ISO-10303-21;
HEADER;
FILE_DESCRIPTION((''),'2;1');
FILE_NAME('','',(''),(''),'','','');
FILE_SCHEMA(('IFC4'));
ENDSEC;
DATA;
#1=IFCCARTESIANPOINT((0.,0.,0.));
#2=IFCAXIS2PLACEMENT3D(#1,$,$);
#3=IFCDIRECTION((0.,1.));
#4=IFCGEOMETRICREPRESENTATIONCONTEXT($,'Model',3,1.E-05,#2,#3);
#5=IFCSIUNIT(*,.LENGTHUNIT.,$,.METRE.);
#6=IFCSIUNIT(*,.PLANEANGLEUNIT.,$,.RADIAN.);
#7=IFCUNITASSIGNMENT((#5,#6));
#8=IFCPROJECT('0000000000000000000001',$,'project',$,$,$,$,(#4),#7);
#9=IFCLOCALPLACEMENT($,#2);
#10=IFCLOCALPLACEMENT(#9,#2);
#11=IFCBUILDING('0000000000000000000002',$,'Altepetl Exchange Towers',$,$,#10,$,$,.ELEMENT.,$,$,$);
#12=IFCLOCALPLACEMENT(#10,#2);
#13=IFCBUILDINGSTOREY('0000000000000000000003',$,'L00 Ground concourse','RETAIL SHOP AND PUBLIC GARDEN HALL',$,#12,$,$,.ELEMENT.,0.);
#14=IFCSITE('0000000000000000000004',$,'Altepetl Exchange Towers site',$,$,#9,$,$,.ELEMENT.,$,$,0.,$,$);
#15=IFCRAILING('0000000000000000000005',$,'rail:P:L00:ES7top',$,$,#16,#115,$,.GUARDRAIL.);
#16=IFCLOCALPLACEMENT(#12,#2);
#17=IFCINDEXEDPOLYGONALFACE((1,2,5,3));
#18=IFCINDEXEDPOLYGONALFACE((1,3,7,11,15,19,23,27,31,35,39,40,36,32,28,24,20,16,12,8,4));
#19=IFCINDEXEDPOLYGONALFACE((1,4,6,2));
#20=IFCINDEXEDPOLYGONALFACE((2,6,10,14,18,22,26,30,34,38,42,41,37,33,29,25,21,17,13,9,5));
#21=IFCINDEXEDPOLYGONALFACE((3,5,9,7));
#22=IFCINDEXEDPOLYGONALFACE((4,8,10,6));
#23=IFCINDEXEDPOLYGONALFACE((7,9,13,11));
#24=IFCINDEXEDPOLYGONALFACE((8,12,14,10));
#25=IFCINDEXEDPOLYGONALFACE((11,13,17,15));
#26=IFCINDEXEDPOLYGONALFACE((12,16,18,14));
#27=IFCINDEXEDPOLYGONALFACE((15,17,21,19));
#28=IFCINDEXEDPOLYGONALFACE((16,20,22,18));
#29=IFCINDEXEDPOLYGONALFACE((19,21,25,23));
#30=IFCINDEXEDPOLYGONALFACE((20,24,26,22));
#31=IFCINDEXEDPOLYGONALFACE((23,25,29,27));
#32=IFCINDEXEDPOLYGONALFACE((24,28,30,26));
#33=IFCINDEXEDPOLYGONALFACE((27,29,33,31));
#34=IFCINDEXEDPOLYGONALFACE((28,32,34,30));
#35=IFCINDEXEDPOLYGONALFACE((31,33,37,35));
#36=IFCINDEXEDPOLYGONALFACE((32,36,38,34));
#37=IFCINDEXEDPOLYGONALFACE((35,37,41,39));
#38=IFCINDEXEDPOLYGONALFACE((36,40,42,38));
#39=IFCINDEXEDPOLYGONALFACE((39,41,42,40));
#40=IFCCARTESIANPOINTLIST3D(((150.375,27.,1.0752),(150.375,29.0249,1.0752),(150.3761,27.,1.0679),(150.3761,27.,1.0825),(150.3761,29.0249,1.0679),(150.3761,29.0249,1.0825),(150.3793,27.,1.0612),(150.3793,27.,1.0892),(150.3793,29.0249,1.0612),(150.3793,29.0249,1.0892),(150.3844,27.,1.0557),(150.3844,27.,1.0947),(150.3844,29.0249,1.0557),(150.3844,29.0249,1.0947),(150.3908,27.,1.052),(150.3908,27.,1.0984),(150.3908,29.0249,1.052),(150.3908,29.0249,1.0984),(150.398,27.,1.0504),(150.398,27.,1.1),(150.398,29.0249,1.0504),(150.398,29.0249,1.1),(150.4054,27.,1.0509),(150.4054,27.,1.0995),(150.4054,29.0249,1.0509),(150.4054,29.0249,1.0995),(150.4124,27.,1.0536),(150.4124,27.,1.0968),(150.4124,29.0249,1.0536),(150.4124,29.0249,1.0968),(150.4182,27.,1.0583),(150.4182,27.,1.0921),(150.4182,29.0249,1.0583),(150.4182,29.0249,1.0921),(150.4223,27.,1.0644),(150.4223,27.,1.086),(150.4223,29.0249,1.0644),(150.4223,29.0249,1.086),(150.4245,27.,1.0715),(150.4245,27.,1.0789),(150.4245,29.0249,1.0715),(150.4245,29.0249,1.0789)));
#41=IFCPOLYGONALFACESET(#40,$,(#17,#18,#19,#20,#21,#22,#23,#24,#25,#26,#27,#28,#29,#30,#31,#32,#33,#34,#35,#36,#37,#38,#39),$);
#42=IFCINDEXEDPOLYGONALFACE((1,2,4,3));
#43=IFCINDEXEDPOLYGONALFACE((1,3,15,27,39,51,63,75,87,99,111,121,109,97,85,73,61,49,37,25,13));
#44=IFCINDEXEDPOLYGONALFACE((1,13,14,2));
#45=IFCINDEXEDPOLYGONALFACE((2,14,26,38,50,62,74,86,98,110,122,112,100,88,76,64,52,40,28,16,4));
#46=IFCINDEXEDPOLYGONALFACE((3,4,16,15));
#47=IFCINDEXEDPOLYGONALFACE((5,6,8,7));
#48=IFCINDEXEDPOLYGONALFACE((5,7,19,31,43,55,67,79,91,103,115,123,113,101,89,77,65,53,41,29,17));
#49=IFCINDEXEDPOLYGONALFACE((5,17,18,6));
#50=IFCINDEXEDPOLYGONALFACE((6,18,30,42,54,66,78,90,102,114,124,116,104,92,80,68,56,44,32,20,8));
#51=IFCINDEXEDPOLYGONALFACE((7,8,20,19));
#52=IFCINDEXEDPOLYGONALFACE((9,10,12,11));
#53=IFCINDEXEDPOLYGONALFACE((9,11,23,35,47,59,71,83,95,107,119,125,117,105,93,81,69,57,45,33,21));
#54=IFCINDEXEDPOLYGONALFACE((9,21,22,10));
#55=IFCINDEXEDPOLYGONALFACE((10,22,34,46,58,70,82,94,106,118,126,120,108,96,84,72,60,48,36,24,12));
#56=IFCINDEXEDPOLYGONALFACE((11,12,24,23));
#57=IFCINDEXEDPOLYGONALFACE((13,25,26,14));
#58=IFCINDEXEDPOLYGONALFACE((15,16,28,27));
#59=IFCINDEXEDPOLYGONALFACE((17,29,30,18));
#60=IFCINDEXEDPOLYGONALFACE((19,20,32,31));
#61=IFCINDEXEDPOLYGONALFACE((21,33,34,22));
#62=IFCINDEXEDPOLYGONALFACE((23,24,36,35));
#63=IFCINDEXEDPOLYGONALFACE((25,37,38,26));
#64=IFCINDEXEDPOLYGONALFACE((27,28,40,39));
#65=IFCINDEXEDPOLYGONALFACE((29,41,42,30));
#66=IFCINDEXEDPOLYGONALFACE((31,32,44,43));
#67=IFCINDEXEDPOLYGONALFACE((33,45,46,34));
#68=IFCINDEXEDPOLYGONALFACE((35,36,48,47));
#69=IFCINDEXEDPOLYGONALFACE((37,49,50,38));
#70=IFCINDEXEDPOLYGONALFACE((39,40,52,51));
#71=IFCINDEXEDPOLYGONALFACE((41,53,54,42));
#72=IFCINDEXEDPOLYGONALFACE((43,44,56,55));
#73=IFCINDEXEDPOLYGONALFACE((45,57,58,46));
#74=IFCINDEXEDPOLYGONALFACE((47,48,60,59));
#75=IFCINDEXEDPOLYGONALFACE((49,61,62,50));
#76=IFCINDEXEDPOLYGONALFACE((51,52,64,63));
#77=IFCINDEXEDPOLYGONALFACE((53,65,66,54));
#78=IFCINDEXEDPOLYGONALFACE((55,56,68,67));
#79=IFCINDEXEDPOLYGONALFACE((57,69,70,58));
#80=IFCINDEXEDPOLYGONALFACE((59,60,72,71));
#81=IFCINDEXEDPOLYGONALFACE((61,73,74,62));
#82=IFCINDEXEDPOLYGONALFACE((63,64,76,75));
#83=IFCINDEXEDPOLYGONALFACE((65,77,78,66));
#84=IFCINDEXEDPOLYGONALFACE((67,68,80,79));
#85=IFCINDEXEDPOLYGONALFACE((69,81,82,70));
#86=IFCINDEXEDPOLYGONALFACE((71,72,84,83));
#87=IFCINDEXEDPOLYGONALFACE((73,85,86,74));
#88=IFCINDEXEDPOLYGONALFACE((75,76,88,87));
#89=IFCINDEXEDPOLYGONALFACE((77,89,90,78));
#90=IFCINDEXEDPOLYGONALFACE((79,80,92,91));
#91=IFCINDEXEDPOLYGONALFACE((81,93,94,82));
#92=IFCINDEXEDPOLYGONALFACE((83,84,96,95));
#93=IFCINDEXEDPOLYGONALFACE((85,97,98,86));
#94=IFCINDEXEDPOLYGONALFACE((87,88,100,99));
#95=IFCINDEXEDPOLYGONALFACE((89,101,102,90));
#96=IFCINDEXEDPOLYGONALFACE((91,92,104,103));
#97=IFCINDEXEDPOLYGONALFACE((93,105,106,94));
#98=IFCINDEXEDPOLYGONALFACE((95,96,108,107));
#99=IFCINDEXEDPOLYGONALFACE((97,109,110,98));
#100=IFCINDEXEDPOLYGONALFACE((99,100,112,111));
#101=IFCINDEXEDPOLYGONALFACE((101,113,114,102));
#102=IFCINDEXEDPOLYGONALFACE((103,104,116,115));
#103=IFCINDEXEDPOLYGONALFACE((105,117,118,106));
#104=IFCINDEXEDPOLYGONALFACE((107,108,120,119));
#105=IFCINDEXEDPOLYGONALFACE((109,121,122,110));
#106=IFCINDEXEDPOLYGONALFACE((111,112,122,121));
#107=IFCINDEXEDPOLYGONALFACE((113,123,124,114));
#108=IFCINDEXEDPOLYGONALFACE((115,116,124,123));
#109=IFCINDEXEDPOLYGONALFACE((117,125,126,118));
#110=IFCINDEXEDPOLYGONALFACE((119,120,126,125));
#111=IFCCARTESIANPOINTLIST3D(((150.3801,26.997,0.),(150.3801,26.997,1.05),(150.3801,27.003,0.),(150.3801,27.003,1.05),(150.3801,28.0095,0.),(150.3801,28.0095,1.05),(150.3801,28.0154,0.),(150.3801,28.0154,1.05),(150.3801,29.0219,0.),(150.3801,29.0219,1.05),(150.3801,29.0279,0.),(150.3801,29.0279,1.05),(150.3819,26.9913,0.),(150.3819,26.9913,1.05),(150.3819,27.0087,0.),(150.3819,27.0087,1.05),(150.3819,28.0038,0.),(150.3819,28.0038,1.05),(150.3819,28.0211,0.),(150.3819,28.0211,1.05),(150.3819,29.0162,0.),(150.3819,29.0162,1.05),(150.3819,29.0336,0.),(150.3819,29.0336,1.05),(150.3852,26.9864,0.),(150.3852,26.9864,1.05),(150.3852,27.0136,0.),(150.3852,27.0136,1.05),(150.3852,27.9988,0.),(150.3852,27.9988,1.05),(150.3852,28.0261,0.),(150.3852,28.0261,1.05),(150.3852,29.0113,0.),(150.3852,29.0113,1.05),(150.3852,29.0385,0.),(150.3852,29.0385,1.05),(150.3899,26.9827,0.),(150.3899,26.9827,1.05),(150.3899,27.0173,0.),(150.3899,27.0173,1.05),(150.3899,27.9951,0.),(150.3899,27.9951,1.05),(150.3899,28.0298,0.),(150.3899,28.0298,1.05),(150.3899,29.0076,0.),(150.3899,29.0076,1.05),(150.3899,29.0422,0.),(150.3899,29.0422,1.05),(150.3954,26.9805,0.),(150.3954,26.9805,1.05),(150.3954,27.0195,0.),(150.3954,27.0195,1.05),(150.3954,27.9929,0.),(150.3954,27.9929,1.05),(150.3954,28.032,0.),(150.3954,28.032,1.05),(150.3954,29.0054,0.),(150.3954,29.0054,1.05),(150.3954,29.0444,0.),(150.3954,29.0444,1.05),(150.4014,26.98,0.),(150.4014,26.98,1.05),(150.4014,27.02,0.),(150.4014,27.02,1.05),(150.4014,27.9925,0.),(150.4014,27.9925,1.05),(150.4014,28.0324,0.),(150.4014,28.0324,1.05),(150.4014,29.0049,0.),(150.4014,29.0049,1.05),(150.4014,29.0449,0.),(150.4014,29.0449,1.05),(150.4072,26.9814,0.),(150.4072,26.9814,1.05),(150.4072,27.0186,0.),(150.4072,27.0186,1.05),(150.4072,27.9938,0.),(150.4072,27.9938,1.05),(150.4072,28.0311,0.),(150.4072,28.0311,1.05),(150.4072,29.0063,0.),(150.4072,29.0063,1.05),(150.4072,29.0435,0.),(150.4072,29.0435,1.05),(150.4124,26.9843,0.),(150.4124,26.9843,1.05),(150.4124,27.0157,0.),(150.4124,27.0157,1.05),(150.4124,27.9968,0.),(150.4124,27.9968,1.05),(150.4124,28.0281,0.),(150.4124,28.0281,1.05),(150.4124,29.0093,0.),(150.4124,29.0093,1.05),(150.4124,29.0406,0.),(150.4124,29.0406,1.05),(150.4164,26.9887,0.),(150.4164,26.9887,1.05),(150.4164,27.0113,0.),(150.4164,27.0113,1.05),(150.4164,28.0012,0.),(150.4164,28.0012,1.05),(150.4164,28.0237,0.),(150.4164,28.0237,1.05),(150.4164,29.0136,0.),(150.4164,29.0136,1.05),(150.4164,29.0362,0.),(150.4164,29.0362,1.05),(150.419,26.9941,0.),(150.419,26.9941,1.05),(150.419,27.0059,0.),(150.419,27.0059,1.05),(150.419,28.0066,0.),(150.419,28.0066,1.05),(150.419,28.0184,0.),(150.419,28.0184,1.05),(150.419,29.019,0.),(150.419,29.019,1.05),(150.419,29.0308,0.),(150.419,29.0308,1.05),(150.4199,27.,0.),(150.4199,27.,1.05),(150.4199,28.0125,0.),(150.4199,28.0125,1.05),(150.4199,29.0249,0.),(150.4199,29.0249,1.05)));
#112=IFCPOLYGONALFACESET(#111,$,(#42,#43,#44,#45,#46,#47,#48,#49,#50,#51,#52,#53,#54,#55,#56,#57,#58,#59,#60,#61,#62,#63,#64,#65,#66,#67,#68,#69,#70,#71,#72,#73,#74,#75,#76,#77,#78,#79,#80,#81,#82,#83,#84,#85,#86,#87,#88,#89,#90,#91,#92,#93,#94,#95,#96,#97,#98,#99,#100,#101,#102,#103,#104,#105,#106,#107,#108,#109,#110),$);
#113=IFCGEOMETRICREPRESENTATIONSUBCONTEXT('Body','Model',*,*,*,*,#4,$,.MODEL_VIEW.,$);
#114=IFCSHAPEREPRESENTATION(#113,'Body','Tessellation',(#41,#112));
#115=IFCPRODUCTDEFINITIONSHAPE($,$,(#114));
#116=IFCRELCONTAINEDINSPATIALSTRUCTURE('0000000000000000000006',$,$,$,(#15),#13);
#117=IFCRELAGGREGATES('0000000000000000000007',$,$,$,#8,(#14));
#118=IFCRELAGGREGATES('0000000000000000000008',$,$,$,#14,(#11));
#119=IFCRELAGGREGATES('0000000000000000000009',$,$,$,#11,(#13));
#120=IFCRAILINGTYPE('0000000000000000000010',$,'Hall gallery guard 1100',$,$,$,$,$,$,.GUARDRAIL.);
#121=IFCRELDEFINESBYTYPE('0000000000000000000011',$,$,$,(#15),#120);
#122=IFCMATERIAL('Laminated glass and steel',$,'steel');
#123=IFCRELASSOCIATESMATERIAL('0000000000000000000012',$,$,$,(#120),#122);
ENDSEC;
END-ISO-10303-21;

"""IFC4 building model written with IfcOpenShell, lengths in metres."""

from ifc_helpers import new_model, si_unit, direction, frame, origin, origin_2d, place, context, subcontext, project, spatial, circle, extrude, source, transform, mapped, material, type_object, element, save


model = new_model("IFC4")

# Units and contexts
model_context = context("Model", 3, precision=1e-05, world=origin(), true_north=direction((0.0, 1.0)))
body_context = subcontext(model_context, "Body", "Model", "MODEL_VIEW")
ifc_project = project(units=[si_unit("LENGTHUNIT", "METRE"), si_unit("PLANEANGLEUNIT", "RADIAN")], contexts=[model_context])

# Site, building, storey
site_placement = place(None, origin())
site = spatial("IfcSite", under=ifc_project, at=site_placement, Name="Altepetl Exchange Towers site", CompositionType="ELEMENT", RefElevation=0.0)
building_placement = place(site_placement, origin())
building = spatial("IfcBuilding", under=site, at=building_placement, Name="Altepetl Exchange Towers", CompositionType="ELEMENT")
storey_placement = place(building_placement, origin())
storey = spatial("IfcBuildingStorey", under=building, at=storey_placement, Name="L00 Ground concourse", Description="RETAIL SHOP AND PUBLIC GARDEN HALL", CompositionType="ELEMENT", Elevation=0.0)

# Railing
ifc_material_1 = material(Name="Laminated glass and steel", Category="steel")
railing_type_1 = type_object("IfcRailingType", Name="Hall gallery guard 1100", PredefinedType="GUARDRAIL", material=ifc_material_1)
shared_shape_1 = source(origin(), body_context, "Body", "SweptSolid", [
    extrude(circle(Radius=0.02, at=origin_2d()), origin(), (0.0, 0.0, 1.0), 1.05),
])
railing_placement = place(storey_placement, frame((150.3999, 27.0, 0.0)))
element("IfcRailing", 1, at=railing_placement, inside=storey, type_object=railing_type_1, Name="rail:P:L00:ES7top", PredefinedType="GUARDRAIL", context=body_context, shape_type="SweptSolid", body=[
    extrude(circle(Radius=0.0249, at=origin_2d()), frame((0.0, 0.0, 1.0752), z_axis=(0.0, 1.0, 0.0), x_axis=(-1.0, 0.0, 0.0)), (0.0, 0.0, 1.0), 2.0249),
    mapped(shared_shape_1, transform((0.0, 0.0, 0.0))),
    mapped(shared_shape_1, transform((0.0, 1.0125, 0.0))),
    mapped(shared_shape_1, transform((0.0, 2.0249, 0.0))),
])

save(model, "model.ifc")
